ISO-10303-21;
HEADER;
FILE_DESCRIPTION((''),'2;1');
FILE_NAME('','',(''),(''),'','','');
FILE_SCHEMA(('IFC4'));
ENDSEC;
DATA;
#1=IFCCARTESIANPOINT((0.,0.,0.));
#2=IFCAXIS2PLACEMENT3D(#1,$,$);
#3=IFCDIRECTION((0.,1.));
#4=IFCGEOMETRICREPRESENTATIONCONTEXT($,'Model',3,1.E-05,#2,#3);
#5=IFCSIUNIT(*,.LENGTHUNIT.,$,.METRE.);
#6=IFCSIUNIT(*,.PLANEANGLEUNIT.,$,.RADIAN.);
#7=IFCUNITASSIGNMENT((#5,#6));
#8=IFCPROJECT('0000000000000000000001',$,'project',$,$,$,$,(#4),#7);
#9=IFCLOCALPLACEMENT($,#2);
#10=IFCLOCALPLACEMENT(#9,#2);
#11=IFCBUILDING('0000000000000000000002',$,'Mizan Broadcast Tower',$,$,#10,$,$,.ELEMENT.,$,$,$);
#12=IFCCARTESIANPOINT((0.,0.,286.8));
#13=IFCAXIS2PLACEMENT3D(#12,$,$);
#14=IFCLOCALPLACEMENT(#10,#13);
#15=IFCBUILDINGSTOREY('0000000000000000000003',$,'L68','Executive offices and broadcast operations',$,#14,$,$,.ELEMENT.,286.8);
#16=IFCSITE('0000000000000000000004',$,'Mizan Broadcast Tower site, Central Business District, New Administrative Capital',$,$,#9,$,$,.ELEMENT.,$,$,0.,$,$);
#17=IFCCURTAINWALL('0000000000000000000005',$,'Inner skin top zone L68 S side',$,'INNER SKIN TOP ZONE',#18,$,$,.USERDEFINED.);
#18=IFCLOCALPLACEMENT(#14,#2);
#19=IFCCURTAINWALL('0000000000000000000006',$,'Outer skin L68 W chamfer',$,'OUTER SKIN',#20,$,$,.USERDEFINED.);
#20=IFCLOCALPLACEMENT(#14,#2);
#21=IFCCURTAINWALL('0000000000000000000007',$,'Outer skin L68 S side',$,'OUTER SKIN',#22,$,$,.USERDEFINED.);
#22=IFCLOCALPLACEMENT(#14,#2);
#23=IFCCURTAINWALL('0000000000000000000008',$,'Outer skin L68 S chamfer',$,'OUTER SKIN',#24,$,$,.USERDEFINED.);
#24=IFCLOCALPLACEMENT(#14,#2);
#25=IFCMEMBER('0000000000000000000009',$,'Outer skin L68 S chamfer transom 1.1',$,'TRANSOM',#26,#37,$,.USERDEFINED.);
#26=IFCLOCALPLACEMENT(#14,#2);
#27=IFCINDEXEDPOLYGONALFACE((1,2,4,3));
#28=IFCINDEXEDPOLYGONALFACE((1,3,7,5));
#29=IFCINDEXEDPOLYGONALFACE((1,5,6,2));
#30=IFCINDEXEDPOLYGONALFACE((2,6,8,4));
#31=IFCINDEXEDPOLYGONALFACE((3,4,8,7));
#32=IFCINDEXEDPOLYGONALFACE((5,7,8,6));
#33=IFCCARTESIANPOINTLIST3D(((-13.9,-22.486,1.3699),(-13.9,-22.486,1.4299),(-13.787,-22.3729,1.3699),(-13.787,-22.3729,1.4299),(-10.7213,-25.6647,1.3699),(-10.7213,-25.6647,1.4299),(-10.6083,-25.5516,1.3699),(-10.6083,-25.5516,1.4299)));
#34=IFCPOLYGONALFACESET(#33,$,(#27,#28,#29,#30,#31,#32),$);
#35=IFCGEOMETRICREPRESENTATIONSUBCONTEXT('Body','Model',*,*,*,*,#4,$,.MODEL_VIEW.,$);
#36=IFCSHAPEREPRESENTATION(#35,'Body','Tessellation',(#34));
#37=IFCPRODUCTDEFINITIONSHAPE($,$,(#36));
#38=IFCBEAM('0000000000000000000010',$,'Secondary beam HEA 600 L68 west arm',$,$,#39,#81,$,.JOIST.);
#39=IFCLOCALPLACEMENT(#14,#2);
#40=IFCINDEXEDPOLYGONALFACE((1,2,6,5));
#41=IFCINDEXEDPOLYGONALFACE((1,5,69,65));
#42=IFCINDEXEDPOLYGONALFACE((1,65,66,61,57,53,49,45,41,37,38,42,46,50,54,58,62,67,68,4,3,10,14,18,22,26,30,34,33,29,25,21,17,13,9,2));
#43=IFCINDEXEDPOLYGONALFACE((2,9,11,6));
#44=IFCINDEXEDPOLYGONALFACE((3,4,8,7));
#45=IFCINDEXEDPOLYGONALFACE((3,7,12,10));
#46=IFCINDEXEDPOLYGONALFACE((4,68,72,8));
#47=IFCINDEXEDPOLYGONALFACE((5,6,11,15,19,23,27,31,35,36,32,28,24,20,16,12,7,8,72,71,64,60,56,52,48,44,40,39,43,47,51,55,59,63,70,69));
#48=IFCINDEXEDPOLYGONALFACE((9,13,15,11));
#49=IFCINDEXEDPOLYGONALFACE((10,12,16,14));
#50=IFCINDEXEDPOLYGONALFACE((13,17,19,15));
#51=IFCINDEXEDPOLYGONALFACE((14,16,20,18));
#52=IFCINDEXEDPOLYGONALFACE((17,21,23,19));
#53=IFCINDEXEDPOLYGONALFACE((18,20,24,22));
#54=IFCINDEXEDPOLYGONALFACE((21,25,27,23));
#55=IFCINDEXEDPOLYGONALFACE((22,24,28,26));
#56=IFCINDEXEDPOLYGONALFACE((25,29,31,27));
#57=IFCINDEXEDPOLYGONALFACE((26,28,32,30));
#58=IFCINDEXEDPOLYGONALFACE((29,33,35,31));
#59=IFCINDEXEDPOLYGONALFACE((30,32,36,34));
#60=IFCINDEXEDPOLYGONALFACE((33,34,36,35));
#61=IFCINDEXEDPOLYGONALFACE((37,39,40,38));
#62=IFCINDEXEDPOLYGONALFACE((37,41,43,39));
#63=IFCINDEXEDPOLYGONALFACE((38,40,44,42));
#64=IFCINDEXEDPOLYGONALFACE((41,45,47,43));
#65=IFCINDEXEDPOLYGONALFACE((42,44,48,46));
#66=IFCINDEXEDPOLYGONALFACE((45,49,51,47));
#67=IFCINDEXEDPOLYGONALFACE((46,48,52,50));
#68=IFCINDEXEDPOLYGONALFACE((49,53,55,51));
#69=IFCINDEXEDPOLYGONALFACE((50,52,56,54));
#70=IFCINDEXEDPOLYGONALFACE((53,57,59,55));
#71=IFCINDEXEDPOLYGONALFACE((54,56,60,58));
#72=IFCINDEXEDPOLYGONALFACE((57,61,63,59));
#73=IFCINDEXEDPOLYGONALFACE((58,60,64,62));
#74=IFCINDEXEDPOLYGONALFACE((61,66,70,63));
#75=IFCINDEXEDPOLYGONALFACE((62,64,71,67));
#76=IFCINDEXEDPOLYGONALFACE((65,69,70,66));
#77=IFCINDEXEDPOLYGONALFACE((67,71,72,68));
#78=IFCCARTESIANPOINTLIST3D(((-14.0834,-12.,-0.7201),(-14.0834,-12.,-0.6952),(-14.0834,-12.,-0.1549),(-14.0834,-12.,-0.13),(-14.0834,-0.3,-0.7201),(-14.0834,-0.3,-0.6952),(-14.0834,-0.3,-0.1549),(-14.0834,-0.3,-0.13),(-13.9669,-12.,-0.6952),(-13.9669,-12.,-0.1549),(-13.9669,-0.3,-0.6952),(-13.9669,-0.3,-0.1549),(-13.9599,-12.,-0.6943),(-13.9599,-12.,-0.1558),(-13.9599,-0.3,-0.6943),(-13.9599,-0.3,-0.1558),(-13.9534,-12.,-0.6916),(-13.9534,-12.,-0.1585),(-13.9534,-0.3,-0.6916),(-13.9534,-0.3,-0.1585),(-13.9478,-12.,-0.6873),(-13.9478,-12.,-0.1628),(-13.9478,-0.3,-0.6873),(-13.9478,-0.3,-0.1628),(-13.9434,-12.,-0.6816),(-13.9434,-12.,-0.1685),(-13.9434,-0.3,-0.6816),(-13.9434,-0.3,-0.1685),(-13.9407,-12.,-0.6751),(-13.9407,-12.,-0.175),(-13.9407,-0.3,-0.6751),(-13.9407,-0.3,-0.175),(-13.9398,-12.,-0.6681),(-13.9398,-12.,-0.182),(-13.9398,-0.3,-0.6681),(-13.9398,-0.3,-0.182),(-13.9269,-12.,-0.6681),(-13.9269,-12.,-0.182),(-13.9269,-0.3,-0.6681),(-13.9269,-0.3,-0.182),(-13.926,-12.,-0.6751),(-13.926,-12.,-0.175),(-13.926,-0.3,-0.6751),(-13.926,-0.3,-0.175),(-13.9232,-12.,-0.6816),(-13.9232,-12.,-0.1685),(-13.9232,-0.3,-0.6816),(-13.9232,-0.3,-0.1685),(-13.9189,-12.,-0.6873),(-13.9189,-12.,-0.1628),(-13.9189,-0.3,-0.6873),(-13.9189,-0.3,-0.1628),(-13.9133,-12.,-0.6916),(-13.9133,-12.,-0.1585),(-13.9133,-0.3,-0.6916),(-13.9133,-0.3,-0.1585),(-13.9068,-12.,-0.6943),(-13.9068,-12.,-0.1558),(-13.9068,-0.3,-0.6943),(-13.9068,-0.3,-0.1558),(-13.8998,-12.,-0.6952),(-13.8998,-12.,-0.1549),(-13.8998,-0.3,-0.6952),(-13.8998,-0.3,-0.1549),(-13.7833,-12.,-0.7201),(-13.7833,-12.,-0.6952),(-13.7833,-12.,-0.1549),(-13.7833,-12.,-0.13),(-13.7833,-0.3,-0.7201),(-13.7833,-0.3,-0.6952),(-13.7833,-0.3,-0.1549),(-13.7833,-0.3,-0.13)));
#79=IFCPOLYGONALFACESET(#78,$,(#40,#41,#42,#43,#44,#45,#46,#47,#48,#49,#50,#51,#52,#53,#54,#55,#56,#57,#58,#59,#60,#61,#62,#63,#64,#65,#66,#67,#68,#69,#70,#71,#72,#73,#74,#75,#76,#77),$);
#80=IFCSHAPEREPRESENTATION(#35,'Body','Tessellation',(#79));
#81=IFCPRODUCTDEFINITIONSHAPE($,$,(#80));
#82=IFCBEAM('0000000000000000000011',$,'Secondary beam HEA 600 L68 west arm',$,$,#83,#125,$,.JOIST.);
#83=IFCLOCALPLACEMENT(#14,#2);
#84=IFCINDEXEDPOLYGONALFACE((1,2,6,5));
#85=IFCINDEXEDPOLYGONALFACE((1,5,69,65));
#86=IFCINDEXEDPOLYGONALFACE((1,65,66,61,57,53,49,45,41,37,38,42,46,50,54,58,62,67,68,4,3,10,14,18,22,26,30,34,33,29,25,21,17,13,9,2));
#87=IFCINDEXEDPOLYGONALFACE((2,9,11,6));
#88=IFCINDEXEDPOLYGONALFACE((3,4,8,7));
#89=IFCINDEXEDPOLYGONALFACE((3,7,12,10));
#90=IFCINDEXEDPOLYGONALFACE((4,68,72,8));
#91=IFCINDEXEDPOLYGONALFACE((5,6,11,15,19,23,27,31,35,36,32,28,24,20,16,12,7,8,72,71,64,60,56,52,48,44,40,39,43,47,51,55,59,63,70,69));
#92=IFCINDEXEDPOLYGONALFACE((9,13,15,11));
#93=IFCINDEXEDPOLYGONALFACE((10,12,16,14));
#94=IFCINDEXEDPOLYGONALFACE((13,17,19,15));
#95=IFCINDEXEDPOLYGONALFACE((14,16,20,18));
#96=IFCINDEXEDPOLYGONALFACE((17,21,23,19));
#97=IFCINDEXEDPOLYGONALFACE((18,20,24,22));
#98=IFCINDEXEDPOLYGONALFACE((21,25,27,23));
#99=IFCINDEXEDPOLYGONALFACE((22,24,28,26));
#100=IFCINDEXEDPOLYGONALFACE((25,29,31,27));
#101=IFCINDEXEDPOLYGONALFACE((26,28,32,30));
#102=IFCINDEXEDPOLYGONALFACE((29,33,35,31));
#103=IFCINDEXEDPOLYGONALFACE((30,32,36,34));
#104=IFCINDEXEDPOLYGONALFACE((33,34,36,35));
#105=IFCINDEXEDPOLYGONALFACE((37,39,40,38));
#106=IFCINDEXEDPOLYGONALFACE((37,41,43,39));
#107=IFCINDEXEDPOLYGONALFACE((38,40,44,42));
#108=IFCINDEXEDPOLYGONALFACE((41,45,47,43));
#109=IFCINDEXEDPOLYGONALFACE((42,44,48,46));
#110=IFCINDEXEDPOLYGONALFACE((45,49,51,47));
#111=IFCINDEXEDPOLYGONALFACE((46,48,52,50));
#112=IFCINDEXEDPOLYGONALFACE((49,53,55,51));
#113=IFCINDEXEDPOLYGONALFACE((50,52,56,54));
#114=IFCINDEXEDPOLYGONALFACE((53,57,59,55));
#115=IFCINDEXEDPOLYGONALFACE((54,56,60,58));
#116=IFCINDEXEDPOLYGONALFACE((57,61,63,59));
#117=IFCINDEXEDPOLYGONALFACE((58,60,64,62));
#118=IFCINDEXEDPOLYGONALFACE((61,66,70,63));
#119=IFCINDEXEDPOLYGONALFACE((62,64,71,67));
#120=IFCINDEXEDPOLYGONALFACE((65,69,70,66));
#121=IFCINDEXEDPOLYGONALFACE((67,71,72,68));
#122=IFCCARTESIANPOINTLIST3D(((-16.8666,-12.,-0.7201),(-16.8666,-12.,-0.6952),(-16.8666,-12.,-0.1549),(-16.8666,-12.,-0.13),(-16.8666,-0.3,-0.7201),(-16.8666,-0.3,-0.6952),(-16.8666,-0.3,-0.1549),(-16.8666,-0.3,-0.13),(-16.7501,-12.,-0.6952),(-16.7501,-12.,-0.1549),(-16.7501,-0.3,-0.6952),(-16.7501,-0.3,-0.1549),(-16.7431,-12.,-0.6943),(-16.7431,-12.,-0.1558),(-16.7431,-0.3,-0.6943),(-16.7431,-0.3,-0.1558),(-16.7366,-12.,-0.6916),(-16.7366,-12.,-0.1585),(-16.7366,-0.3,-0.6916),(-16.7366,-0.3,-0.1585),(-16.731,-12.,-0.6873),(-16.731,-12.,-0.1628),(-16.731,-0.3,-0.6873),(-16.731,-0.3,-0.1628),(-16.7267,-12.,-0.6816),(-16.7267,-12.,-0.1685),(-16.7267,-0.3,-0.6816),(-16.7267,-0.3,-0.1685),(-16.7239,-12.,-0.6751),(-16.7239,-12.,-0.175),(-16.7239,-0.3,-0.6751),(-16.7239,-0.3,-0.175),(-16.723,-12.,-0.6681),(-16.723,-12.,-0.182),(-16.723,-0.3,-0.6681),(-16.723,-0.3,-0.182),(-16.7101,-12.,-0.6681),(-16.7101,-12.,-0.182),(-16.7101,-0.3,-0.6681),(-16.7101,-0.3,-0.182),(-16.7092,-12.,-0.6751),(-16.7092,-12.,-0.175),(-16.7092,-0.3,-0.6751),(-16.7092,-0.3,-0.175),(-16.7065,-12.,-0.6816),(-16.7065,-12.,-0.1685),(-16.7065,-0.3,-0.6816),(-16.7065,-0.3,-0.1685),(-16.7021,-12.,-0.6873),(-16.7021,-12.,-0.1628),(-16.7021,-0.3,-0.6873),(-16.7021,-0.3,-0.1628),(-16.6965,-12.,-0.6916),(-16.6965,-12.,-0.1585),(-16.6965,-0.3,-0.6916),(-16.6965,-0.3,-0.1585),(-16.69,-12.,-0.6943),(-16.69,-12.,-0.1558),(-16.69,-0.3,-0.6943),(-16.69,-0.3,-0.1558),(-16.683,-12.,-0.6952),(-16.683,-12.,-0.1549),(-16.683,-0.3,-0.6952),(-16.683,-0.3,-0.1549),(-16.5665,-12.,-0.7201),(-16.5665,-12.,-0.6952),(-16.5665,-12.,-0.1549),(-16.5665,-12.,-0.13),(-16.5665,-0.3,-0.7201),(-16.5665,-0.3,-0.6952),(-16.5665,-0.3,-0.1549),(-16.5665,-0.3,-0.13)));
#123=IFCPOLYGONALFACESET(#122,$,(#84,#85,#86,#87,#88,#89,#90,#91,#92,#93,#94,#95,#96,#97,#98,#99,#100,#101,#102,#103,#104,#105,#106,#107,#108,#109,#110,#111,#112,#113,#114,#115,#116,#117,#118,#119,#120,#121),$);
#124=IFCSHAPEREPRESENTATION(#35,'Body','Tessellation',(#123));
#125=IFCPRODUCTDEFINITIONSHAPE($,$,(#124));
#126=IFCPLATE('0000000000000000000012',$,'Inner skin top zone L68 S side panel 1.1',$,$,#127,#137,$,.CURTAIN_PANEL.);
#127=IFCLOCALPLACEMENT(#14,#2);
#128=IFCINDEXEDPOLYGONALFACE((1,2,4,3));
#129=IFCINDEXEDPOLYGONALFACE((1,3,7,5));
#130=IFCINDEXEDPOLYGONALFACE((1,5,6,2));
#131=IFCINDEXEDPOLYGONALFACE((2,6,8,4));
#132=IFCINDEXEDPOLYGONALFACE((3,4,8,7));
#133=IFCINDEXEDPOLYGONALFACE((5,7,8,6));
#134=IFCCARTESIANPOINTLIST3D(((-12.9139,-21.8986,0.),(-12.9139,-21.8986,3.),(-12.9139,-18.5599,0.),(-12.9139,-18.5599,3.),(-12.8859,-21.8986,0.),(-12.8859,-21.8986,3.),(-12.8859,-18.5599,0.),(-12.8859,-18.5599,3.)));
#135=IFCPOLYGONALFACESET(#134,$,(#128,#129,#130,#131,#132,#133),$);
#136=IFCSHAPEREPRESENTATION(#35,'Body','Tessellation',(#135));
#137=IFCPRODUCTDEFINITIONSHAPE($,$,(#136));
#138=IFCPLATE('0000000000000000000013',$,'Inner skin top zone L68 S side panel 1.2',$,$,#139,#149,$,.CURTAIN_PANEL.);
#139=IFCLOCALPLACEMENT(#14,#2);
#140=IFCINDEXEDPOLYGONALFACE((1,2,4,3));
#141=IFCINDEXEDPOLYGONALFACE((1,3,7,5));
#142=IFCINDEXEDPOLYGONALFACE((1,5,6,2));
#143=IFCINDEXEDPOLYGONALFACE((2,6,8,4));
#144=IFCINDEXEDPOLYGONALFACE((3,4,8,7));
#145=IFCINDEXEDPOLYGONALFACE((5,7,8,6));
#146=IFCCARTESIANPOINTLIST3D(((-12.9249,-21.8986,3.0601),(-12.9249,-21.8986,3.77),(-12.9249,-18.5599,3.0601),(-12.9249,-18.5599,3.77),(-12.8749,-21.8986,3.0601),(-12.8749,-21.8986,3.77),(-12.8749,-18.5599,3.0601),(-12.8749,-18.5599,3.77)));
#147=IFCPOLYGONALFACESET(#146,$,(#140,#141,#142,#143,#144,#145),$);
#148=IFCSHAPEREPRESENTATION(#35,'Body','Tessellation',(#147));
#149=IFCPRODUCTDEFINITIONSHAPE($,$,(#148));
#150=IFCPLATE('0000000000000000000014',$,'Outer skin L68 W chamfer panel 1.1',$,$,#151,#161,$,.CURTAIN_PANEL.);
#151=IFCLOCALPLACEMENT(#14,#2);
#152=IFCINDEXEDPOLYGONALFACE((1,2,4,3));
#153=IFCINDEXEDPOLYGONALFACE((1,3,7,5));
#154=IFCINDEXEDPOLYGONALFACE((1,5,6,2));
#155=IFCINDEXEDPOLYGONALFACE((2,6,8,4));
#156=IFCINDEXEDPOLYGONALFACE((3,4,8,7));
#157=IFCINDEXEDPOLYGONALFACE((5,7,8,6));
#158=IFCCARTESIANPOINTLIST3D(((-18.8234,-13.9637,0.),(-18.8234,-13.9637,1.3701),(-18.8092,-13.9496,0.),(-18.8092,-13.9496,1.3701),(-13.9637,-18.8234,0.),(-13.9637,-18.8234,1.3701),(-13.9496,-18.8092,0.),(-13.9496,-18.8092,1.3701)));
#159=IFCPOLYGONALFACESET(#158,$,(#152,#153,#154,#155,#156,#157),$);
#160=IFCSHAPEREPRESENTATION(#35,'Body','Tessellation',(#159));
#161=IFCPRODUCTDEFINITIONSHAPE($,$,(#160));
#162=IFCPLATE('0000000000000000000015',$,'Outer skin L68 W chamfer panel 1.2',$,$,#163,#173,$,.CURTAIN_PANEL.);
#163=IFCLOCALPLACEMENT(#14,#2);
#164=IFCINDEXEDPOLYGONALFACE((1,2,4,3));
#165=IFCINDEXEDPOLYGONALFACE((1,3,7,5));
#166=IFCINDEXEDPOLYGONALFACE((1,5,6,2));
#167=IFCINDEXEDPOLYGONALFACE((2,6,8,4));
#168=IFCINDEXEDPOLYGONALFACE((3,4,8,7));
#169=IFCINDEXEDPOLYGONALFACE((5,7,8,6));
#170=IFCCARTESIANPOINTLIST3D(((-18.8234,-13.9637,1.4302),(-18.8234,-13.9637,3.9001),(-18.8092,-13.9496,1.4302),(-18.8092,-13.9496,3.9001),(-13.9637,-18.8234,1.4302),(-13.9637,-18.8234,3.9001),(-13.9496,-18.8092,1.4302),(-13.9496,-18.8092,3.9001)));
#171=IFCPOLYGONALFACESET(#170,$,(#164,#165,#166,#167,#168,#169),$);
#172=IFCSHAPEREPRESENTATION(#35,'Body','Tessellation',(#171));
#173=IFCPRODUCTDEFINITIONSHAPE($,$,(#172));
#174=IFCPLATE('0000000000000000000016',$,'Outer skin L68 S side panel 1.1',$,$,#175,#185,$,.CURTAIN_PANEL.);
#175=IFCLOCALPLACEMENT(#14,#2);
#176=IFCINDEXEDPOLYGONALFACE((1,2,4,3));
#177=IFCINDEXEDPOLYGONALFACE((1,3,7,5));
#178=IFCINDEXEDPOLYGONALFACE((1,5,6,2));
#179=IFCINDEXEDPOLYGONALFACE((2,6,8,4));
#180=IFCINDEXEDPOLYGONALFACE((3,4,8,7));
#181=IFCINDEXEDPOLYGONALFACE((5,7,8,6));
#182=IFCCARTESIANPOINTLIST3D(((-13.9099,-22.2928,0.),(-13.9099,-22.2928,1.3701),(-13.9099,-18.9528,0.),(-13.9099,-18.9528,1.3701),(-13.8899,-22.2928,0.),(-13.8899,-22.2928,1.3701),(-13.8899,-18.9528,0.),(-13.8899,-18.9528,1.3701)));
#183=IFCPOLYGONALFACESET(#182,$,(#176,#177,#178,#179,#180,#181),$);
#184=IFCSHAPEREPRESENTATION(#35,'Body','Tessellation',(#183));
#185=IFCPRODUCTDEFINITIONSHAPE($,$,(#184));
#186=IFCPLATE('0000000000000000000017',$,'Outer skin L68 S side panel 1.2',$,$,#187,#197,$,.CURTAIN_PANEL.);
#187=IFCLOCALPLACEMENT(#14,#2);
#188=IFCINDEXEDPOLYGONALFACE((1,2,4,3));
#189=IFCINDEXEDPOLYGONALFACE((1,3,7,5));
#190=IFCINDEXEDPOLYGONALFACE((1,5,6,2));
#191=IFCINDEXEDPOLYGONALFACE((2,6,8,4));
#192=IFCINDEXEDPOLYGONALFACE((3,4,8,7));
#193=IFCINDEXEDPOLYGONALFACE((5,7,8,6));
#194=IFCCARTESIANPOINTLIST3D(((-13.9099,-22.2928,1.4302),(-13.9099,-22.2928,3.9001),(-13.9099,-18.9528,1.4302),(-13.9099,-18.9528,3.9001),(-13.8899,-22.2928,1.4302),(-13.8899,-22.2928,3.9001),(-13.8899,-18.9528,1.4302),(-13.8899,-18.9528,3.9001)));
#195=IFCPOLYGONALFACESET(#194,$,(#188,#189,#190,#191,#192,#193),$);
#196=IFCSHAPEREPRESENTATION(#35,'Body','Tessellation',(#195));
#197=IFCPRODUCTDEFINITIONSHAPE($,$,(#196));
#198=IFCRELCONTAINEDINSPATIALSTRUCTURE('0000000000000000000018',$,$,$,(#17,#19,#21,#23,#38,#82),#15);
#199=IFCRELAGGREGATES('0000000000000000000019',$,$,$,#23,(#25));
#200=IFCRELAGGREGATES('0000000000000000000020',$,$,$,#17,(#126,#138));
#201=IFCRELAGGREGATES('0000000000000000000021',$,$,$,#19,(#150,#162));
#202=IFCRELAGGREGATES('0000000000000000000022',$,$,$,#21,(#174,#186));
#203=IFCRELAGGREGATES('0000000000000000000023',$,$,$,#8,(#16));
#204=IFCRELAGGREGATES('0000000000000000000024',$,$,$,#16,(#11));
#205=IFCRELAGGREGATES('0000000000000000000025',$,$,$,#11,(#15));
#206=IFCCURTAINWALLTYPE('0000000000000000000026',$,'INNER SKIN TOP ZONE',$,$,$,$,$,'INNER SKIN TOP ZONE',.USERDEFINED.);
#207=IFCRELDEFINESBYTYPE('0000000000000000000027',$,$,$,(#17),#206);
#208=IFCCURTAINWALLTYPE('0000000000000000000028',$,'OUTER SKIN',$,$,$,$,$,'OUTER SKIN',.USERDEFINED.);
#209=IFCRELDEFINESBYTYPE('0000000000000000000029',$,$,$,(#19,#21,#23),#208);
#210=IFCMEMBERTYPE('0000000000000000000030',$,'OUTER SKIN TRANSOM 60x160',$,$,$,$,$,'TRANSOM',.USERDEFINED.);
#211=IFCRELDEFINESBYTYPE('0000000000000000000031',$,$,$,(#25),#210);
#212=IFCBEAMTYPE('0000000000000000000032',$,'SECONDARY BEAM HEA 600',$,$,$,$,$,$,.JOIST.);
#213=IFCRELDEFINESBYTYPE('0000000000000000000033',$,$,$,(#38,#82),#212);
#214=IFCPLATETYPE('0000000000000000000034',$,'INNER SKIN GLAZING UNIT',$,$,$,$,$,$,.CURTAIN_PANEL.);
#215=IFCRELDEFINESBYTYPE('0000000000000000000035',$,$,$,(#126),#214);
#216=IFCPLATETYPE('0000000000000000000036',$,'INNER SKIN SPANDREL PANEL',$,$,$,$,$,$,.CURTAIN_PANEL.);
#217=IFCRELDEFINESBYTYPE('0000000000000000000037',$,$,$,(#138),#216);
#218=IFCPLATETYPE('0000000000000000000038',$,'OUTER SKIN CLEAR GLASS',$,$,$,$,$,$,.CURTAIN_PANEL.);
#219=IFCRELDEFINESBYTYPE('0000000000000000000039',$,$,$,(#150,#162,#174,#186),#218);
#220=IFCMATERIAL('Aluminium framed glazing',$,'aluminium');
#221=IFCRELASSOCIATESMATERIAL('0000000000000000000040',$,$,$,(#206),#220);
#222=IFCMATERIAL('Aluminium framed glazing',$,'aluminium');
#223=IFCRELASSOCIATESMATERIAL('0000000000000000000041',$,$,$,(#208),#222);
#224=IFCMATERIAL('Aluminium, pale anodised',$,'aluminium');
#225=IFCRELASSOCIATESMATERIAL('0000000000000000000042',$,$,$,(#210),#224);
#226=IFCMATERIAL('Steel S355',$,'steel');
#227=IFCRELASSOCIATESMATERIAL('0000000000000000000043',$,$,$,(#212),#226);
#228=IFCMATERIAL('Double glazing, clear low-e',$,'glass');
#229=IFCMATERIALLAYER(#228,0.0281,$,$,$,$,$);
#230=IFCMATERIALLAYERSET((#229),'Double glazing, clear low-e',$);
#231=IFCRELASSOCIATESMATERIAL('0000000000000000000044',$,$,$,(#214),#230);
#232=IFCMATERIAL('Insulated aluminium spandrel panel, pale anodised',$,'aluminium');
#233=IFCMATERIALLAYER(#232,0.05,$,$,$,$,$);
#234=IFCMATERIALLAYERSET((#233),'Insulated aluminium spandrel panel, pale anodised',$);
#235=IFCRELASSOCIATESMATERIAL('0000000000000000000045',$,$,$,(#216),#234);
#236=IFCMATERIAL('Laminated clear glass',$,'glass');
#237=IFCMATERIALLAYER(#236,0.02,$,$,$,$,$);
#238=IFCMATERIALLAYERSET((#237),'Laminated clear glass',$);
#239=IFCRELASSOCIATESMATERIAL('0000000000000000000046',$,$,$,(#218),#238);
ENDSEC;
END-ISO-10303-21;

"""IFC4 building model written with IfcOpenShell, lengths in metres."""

from ifc_helpers import new_model, si_unit, direction, frame, origin, origin_2d, place, context, subcontext, project, spatial, rectangle, i_section, extrude, material, layer, layer_set, material_profile, profile_set, type_object, element, aggregate, save


model = new_model("IFC4")

# Units and contexts
model_context = context("Model", 3, precision=1e-05, world=origin(), true_north=direction((0.0, 1.0)))
body_context = subcontext(model_context, "Body", "Model", "MODEL_VIEW")
ifc_project = project(units=[si_unit("LENGTHUNIT", "METRE"), si_unit("PLANEANGLEUNIT", "RADIAN")], contexts=[model_context])

# Site, building, storey
site_placement = place(None, origin())
site = spatial("IfcSite", under=ifc_project, at=site_placement, Name="Mizan Broadcast Tower site, Central Business District, New Administrative Capital", CompositionType="ELEMENT", RefElevation=0.0)
building_placement = place(site_placement, origin())
building = spatial("IfcBuilding", under=site, at=building_placement, Name="Mizan Broadcast Tower", CompositionType="ELEMENT")
storey_placement = place(building_placement, frame((0.0, 0.0, 286.8)))
storey = spatial("IfcBuildingStorey", under=building, at=storey_placement, Name="L68", Description="Executive offices and broadcast operations", CompositionType="ELEMENT", Elevation=286.8)

# Shared definitions
ifc_material_1 = material(Name="Aluminium framed glazing", Category="aluminium")
curtain_wall_type_1 = type_object("IfcCurtainWallType", Name="INNER SKIN TOP ZONE", ElementType="INNER SKIN TOP ZONE", PredefinedType="USERDEFINED", material=ifc_material_1)

# Curtain wall
curtain_wall_1_placement = place(storey_placement, origin())
curtain_wall_1 = element("IfcCurtainWall", 1, at=curtain_wall_1_placement, inside=storey, type_object=curtain_wall_type_1, Name="Inner skin top zone L68 S side", ObjectType="INNER SKIN TOP ZONE", PredefinedType="USERDEFINED")

# Curtain walls
ifc_material_2 = material(Name="Aluminium framed glazing", Category="aluminium")
curtain_wall_type_2 = type_object("IfcCurtainWallType", Name="OUTER SKIN", ElementType="OUTER SKIN", PredefinedType="USERDEFINED", material=ifc_material_2)
curtain_wall_2_placement = place(storey_placement, origin())
curtain_wall_2 = element("IfcCurtainWall", 2, at=curtain_wall_2_placement, inside=storey, type_object=curtain_wall_type_2, Name="Outer skin L68 W chamfer", ObjectType="OUTER SKIN", PredefinedType="USERDEFINED")
curtain_wall_3_placement = place(storey_placement, origin())
curtain_wall_3 = element("IfcCurtainWall", 3, at=curtain_wall_3_placement, inside=storey, type_object=curtain_wall_type_2, Name="Outer skin L68 S side", ObjectType="OUTER SKIN", PredefinedType="USERDEFINED")

# Shared definitions
ifc_material_3 = material(Name="Aluminium, pale anodised", Category="aluminium")
ifc_material_profile_1 = material_profile(ifc_material_3, rectangle(XDim=0.1599, YDim=0.0601, at=origin_2d()), Name="TRANSOM 160x60")
ifc_profile_set_1 = profile_set([ifc_material_profile_1], Name="Aluminium, pale anodised")
member_type_1 = type_object("IfcMemberType", Name="OUTER SKIN TRANSOM 60x160", ElementType="TRANSOM", PredefinedType="USERDEFINED", material=ifc_profile_set_1)

# Curtain wall, member
curtain_wall_4_placement = place(storey_placement, origin())
curtain_wall_4 = element("IfcCurtainWall", 4, at=curtain_wall_4_placement, inside=storey, type_object=curtain_wall_type_2, Name="Outer skin L68 S chamfer", ObjectType="OUTER SKIN", PredefinedType="USERDEFINED")
member_1_placement = place(storey_placement, frame((-13.8435, -22.4294, 1.3999), z_axis=(0.707107, -0.707107, 0.0), x_axis=(0.707107, 0.707107, 0.0)))
member_1 = element("IfcMember", 5, at=member_1_placement, type_object=member_type_1, Name="Outer skin L68 S chamfer transom 1.1", ObjectType="TRANSOM", PredefinedType="USERDEFINED", context=body_context, shape_type="SweptSolid", body=[
    extrude(rectangle(XDim=0.1599, YDim=0.0601, at=origin_2d()), origin(), (0.0, 0.0, 1.0), 4.4954),
])
aggregate(curtain_wall_4, [member_1])

# Beams
ifc_material_4 = material(Name="Steel S355", Category="steel")
ifc_material_profile_2 = material_profile(ifc_material_4, i_section(OverallWidth=0.3, OverallDepth=0.5901, WebThickness=0.0129, FlangeThickness=0.0249, FilletRadius=0.0271, at=origin_2d()), Name="HEA 600")
ifc_profile_set_2 = profile_set([ifc_material_profile_2], Name="Steel S355")
beam_type_1 = type_object("IfcBeamType", Name="SECONDARY BEAM HEA 600", PredefinedType="JOIST", material=ifc_profile_set_2)
for number, where, z_axis, x_axis, name in (
    (6, (-13.9333, -12.0, -0.425), (0.0, 1.0, 0.0), (-1.0, 0.0, 0.0), "Secondary beam HEA 600 L68 west arm"),
    (7, (-16.7166, -12.0, -0.425), (0.0, 1.0, 0.0), (-1.0, 0.0, 0.0), "Secondary beam HEA 600 L68 west arm"),
):
    element("IfcBeam", number, at=place(storey_placement, frame(where, z_axis=z_axis, x_axis=x_axis)), inside=storey, type_object=beam_type_1, Name=name, PredefinedType="JOIST", context=body_context, shape_type="SweptSolid", body=[
        extrude(i_section(OverallWidth=0.3, OverallDepth=0.5901, WebThickness=0.0129, FlangeThickness=0.0249, FilletRadius=0.0271, at=origin_2d()), origin(), (0.0, 0.0, 1.0), 11.7),
    ])

# Plates
ifc_material_5 = material(Name="Double glazing, clear low-e", Category="glass")
ifc_layer_1 = layer(ifc_material_5, 0.0281)
ifc_layer_set_1 = layer_set([ifc_layer_1], Name="Double glazing, clear low-e")
plate_type_1 = type_object("IfcPlateType", Name="INNER SKIN GLAZING UNIT", PredefinedType="CURTAIN_PANEL", material=ifc_layer_set_1)
plate_1_placement = place(storey_placement, frame((-12.8999, -20.2292, 0.0), z_axis=(0.0, 0.0, 1.0), x_axis=(0.0, -1.0, 0.0)))
plate_1 = element("IfcPlate", 8, at=plate_1_placement, type_object=plate_type_1, Name="Inner skin top zone L68 S side panel 1.1", PredefinedType="CURTAIN_PANEL", context=body_context, shape_type="SweptSolid", body=[
    extrude(rectangle(XDim=3.3386, YDim=0.0281, at=origin_2d()), origin(), (0.0, 0.0, 1.0), 3.0),
])
ifc_material_6 = material(Name="Insulated aluminium spandrel panel, pale anodised", Category="aluminium")
ifc_layer_2 = layer(ifc_material_6, 0.05)
ifc_layer_set_2 = layer_set([ifc_layer_2], Name="Insulated aluminium spandrel panel, pale anodised")
plate_type_2 = type_object("IfcPlateType", Name="INNER SKIN SPANDREL PANEL", PredefinedType="CURTAIN_PANEL", material=ifc_layer_set_2)
plate_2_placement = place(storey_placement, frame((-12.8999, -20.2292, 3.0601), z_axis=(0.0, 0.0, 1.0), x_axis=(0.0, -1.0, 0.0)))
plate_2 = element("IfcPlate", 9, at=plate_2_placement, type_object=plate_type_2, Name="Inner skin top zone L68 S side panel 1.2", PredefinedType="CURTAIN_PANEL", context=body_context, shape_type="SweptSolid", body=[
    extrude(rectangle(XDim=3.3386, YDim=0.05, at=origin_2d()), origin(), (0.0, 0.0, 1.0), 0.71),
])
aggregate(curtain_wall_1, [plate_1, plate_2])
ifc_material_7 = material(Name="Laminated clear glass", Category="glass")
ifc_layer_3 = layer(ifc_material_7, 0.02)
ifc_layer_set_3 = layer_set([ifc_layer_3], Name="Laminated clear glass")
plate_type_3 = type_object("IfcPlateType", Name="OUTER SKIN CLEAR GLASS", PredefinedType="CURTAIN_PANEL", material=ifc_layer_set_3)
plate_3_placement = place(storey_placement, frame((-16.3865, -16.3865, 0.0), z_axis=(0.0, 0.0, 1.0), x_axis=(0.707107, -0.707107, 0.0)))
plate_3 = element("IfcPlate", 10, at=plate_3_placement, type_object=plate_type_3, Name="Outer skin L68 W chamfer panel 1.1", PredefinedType="CURTAIN_PANEL", context=body_context, shape_type="SweptSolid", body=[
    extrude(rectangle(XDim=6.8726, YDim=0.02, at=origin_2d()), origin(), (0.0, 0.0, 1.0), 1.3701),
])
plate_4_placement = place(storey_placement, frame((-16.3865, -16.3865, 1.4302), z_axis=(0.0, 0.0, 1.0), x_axis=(0.707107, -0.707107, 0.0)))
plate_4 = element("IfcPlate", 11, at=plate_4_placement, type_object=plate_type_3, Name="Outer skin L68 W chamfer panel 1.2", PredefinedType="CURTAIN_PANEL", context=body_context, shape_type="SweptSolid", body=[
    extrude(rectangle(XDim=6.8726, YDim=0.02, at=origin_2d()), origin(), (0.0, 0.0, 1.0), 2.47),
])
aggregate(curtain_wall_2, [plate_3, plate_4])
plate_5_placement = place(storey_placement, frame((-13.8999, -20.6228, 0.0), z_axis=(0.0, 0.0, 1.0), x_axis=(0.0, -1.0, 0.0)))
plate_5 = element("IfcPlate", 12, at=plate_5_placement, type_object=plate_type_3, Name="Outer skin L68 S side panel 1.1", PredefinedType="CURTAIN_PANEL", context=body_context, shape_type="SweptSolid", body=[
    extrude(rectangle(XDim=3.3401, YDim=0.02, at=origin_2d()), origin(), (0.0, 0.0, 1.0), 1.3701),
])
plate_6_placement = place(storey_placement, frame((-13.8999, -20.6228, 1.4302), z_axis=(0.0, 0.0, 1.0), x_axis=(0.0, -1.0, 0.0)))
plate_6 = element("IfcPlate", 13, at=plate_6_placement, type_object=plate_type_3, Name="Outer skin L68 S side panel 1.2", PredefinedType="CURTAIN_PANEL", context=body_context, shape_type="SweptSolid", body=[
    extrude(rectangle(XDim=3.3401, YDim=0.02, at=origin_2d()), origin(), (0.0, 0.0, 1.0), 2.47),
])
aggregate(curtain_wall_3, [plate_5, plate_6])

save(model, "model.ifc")
